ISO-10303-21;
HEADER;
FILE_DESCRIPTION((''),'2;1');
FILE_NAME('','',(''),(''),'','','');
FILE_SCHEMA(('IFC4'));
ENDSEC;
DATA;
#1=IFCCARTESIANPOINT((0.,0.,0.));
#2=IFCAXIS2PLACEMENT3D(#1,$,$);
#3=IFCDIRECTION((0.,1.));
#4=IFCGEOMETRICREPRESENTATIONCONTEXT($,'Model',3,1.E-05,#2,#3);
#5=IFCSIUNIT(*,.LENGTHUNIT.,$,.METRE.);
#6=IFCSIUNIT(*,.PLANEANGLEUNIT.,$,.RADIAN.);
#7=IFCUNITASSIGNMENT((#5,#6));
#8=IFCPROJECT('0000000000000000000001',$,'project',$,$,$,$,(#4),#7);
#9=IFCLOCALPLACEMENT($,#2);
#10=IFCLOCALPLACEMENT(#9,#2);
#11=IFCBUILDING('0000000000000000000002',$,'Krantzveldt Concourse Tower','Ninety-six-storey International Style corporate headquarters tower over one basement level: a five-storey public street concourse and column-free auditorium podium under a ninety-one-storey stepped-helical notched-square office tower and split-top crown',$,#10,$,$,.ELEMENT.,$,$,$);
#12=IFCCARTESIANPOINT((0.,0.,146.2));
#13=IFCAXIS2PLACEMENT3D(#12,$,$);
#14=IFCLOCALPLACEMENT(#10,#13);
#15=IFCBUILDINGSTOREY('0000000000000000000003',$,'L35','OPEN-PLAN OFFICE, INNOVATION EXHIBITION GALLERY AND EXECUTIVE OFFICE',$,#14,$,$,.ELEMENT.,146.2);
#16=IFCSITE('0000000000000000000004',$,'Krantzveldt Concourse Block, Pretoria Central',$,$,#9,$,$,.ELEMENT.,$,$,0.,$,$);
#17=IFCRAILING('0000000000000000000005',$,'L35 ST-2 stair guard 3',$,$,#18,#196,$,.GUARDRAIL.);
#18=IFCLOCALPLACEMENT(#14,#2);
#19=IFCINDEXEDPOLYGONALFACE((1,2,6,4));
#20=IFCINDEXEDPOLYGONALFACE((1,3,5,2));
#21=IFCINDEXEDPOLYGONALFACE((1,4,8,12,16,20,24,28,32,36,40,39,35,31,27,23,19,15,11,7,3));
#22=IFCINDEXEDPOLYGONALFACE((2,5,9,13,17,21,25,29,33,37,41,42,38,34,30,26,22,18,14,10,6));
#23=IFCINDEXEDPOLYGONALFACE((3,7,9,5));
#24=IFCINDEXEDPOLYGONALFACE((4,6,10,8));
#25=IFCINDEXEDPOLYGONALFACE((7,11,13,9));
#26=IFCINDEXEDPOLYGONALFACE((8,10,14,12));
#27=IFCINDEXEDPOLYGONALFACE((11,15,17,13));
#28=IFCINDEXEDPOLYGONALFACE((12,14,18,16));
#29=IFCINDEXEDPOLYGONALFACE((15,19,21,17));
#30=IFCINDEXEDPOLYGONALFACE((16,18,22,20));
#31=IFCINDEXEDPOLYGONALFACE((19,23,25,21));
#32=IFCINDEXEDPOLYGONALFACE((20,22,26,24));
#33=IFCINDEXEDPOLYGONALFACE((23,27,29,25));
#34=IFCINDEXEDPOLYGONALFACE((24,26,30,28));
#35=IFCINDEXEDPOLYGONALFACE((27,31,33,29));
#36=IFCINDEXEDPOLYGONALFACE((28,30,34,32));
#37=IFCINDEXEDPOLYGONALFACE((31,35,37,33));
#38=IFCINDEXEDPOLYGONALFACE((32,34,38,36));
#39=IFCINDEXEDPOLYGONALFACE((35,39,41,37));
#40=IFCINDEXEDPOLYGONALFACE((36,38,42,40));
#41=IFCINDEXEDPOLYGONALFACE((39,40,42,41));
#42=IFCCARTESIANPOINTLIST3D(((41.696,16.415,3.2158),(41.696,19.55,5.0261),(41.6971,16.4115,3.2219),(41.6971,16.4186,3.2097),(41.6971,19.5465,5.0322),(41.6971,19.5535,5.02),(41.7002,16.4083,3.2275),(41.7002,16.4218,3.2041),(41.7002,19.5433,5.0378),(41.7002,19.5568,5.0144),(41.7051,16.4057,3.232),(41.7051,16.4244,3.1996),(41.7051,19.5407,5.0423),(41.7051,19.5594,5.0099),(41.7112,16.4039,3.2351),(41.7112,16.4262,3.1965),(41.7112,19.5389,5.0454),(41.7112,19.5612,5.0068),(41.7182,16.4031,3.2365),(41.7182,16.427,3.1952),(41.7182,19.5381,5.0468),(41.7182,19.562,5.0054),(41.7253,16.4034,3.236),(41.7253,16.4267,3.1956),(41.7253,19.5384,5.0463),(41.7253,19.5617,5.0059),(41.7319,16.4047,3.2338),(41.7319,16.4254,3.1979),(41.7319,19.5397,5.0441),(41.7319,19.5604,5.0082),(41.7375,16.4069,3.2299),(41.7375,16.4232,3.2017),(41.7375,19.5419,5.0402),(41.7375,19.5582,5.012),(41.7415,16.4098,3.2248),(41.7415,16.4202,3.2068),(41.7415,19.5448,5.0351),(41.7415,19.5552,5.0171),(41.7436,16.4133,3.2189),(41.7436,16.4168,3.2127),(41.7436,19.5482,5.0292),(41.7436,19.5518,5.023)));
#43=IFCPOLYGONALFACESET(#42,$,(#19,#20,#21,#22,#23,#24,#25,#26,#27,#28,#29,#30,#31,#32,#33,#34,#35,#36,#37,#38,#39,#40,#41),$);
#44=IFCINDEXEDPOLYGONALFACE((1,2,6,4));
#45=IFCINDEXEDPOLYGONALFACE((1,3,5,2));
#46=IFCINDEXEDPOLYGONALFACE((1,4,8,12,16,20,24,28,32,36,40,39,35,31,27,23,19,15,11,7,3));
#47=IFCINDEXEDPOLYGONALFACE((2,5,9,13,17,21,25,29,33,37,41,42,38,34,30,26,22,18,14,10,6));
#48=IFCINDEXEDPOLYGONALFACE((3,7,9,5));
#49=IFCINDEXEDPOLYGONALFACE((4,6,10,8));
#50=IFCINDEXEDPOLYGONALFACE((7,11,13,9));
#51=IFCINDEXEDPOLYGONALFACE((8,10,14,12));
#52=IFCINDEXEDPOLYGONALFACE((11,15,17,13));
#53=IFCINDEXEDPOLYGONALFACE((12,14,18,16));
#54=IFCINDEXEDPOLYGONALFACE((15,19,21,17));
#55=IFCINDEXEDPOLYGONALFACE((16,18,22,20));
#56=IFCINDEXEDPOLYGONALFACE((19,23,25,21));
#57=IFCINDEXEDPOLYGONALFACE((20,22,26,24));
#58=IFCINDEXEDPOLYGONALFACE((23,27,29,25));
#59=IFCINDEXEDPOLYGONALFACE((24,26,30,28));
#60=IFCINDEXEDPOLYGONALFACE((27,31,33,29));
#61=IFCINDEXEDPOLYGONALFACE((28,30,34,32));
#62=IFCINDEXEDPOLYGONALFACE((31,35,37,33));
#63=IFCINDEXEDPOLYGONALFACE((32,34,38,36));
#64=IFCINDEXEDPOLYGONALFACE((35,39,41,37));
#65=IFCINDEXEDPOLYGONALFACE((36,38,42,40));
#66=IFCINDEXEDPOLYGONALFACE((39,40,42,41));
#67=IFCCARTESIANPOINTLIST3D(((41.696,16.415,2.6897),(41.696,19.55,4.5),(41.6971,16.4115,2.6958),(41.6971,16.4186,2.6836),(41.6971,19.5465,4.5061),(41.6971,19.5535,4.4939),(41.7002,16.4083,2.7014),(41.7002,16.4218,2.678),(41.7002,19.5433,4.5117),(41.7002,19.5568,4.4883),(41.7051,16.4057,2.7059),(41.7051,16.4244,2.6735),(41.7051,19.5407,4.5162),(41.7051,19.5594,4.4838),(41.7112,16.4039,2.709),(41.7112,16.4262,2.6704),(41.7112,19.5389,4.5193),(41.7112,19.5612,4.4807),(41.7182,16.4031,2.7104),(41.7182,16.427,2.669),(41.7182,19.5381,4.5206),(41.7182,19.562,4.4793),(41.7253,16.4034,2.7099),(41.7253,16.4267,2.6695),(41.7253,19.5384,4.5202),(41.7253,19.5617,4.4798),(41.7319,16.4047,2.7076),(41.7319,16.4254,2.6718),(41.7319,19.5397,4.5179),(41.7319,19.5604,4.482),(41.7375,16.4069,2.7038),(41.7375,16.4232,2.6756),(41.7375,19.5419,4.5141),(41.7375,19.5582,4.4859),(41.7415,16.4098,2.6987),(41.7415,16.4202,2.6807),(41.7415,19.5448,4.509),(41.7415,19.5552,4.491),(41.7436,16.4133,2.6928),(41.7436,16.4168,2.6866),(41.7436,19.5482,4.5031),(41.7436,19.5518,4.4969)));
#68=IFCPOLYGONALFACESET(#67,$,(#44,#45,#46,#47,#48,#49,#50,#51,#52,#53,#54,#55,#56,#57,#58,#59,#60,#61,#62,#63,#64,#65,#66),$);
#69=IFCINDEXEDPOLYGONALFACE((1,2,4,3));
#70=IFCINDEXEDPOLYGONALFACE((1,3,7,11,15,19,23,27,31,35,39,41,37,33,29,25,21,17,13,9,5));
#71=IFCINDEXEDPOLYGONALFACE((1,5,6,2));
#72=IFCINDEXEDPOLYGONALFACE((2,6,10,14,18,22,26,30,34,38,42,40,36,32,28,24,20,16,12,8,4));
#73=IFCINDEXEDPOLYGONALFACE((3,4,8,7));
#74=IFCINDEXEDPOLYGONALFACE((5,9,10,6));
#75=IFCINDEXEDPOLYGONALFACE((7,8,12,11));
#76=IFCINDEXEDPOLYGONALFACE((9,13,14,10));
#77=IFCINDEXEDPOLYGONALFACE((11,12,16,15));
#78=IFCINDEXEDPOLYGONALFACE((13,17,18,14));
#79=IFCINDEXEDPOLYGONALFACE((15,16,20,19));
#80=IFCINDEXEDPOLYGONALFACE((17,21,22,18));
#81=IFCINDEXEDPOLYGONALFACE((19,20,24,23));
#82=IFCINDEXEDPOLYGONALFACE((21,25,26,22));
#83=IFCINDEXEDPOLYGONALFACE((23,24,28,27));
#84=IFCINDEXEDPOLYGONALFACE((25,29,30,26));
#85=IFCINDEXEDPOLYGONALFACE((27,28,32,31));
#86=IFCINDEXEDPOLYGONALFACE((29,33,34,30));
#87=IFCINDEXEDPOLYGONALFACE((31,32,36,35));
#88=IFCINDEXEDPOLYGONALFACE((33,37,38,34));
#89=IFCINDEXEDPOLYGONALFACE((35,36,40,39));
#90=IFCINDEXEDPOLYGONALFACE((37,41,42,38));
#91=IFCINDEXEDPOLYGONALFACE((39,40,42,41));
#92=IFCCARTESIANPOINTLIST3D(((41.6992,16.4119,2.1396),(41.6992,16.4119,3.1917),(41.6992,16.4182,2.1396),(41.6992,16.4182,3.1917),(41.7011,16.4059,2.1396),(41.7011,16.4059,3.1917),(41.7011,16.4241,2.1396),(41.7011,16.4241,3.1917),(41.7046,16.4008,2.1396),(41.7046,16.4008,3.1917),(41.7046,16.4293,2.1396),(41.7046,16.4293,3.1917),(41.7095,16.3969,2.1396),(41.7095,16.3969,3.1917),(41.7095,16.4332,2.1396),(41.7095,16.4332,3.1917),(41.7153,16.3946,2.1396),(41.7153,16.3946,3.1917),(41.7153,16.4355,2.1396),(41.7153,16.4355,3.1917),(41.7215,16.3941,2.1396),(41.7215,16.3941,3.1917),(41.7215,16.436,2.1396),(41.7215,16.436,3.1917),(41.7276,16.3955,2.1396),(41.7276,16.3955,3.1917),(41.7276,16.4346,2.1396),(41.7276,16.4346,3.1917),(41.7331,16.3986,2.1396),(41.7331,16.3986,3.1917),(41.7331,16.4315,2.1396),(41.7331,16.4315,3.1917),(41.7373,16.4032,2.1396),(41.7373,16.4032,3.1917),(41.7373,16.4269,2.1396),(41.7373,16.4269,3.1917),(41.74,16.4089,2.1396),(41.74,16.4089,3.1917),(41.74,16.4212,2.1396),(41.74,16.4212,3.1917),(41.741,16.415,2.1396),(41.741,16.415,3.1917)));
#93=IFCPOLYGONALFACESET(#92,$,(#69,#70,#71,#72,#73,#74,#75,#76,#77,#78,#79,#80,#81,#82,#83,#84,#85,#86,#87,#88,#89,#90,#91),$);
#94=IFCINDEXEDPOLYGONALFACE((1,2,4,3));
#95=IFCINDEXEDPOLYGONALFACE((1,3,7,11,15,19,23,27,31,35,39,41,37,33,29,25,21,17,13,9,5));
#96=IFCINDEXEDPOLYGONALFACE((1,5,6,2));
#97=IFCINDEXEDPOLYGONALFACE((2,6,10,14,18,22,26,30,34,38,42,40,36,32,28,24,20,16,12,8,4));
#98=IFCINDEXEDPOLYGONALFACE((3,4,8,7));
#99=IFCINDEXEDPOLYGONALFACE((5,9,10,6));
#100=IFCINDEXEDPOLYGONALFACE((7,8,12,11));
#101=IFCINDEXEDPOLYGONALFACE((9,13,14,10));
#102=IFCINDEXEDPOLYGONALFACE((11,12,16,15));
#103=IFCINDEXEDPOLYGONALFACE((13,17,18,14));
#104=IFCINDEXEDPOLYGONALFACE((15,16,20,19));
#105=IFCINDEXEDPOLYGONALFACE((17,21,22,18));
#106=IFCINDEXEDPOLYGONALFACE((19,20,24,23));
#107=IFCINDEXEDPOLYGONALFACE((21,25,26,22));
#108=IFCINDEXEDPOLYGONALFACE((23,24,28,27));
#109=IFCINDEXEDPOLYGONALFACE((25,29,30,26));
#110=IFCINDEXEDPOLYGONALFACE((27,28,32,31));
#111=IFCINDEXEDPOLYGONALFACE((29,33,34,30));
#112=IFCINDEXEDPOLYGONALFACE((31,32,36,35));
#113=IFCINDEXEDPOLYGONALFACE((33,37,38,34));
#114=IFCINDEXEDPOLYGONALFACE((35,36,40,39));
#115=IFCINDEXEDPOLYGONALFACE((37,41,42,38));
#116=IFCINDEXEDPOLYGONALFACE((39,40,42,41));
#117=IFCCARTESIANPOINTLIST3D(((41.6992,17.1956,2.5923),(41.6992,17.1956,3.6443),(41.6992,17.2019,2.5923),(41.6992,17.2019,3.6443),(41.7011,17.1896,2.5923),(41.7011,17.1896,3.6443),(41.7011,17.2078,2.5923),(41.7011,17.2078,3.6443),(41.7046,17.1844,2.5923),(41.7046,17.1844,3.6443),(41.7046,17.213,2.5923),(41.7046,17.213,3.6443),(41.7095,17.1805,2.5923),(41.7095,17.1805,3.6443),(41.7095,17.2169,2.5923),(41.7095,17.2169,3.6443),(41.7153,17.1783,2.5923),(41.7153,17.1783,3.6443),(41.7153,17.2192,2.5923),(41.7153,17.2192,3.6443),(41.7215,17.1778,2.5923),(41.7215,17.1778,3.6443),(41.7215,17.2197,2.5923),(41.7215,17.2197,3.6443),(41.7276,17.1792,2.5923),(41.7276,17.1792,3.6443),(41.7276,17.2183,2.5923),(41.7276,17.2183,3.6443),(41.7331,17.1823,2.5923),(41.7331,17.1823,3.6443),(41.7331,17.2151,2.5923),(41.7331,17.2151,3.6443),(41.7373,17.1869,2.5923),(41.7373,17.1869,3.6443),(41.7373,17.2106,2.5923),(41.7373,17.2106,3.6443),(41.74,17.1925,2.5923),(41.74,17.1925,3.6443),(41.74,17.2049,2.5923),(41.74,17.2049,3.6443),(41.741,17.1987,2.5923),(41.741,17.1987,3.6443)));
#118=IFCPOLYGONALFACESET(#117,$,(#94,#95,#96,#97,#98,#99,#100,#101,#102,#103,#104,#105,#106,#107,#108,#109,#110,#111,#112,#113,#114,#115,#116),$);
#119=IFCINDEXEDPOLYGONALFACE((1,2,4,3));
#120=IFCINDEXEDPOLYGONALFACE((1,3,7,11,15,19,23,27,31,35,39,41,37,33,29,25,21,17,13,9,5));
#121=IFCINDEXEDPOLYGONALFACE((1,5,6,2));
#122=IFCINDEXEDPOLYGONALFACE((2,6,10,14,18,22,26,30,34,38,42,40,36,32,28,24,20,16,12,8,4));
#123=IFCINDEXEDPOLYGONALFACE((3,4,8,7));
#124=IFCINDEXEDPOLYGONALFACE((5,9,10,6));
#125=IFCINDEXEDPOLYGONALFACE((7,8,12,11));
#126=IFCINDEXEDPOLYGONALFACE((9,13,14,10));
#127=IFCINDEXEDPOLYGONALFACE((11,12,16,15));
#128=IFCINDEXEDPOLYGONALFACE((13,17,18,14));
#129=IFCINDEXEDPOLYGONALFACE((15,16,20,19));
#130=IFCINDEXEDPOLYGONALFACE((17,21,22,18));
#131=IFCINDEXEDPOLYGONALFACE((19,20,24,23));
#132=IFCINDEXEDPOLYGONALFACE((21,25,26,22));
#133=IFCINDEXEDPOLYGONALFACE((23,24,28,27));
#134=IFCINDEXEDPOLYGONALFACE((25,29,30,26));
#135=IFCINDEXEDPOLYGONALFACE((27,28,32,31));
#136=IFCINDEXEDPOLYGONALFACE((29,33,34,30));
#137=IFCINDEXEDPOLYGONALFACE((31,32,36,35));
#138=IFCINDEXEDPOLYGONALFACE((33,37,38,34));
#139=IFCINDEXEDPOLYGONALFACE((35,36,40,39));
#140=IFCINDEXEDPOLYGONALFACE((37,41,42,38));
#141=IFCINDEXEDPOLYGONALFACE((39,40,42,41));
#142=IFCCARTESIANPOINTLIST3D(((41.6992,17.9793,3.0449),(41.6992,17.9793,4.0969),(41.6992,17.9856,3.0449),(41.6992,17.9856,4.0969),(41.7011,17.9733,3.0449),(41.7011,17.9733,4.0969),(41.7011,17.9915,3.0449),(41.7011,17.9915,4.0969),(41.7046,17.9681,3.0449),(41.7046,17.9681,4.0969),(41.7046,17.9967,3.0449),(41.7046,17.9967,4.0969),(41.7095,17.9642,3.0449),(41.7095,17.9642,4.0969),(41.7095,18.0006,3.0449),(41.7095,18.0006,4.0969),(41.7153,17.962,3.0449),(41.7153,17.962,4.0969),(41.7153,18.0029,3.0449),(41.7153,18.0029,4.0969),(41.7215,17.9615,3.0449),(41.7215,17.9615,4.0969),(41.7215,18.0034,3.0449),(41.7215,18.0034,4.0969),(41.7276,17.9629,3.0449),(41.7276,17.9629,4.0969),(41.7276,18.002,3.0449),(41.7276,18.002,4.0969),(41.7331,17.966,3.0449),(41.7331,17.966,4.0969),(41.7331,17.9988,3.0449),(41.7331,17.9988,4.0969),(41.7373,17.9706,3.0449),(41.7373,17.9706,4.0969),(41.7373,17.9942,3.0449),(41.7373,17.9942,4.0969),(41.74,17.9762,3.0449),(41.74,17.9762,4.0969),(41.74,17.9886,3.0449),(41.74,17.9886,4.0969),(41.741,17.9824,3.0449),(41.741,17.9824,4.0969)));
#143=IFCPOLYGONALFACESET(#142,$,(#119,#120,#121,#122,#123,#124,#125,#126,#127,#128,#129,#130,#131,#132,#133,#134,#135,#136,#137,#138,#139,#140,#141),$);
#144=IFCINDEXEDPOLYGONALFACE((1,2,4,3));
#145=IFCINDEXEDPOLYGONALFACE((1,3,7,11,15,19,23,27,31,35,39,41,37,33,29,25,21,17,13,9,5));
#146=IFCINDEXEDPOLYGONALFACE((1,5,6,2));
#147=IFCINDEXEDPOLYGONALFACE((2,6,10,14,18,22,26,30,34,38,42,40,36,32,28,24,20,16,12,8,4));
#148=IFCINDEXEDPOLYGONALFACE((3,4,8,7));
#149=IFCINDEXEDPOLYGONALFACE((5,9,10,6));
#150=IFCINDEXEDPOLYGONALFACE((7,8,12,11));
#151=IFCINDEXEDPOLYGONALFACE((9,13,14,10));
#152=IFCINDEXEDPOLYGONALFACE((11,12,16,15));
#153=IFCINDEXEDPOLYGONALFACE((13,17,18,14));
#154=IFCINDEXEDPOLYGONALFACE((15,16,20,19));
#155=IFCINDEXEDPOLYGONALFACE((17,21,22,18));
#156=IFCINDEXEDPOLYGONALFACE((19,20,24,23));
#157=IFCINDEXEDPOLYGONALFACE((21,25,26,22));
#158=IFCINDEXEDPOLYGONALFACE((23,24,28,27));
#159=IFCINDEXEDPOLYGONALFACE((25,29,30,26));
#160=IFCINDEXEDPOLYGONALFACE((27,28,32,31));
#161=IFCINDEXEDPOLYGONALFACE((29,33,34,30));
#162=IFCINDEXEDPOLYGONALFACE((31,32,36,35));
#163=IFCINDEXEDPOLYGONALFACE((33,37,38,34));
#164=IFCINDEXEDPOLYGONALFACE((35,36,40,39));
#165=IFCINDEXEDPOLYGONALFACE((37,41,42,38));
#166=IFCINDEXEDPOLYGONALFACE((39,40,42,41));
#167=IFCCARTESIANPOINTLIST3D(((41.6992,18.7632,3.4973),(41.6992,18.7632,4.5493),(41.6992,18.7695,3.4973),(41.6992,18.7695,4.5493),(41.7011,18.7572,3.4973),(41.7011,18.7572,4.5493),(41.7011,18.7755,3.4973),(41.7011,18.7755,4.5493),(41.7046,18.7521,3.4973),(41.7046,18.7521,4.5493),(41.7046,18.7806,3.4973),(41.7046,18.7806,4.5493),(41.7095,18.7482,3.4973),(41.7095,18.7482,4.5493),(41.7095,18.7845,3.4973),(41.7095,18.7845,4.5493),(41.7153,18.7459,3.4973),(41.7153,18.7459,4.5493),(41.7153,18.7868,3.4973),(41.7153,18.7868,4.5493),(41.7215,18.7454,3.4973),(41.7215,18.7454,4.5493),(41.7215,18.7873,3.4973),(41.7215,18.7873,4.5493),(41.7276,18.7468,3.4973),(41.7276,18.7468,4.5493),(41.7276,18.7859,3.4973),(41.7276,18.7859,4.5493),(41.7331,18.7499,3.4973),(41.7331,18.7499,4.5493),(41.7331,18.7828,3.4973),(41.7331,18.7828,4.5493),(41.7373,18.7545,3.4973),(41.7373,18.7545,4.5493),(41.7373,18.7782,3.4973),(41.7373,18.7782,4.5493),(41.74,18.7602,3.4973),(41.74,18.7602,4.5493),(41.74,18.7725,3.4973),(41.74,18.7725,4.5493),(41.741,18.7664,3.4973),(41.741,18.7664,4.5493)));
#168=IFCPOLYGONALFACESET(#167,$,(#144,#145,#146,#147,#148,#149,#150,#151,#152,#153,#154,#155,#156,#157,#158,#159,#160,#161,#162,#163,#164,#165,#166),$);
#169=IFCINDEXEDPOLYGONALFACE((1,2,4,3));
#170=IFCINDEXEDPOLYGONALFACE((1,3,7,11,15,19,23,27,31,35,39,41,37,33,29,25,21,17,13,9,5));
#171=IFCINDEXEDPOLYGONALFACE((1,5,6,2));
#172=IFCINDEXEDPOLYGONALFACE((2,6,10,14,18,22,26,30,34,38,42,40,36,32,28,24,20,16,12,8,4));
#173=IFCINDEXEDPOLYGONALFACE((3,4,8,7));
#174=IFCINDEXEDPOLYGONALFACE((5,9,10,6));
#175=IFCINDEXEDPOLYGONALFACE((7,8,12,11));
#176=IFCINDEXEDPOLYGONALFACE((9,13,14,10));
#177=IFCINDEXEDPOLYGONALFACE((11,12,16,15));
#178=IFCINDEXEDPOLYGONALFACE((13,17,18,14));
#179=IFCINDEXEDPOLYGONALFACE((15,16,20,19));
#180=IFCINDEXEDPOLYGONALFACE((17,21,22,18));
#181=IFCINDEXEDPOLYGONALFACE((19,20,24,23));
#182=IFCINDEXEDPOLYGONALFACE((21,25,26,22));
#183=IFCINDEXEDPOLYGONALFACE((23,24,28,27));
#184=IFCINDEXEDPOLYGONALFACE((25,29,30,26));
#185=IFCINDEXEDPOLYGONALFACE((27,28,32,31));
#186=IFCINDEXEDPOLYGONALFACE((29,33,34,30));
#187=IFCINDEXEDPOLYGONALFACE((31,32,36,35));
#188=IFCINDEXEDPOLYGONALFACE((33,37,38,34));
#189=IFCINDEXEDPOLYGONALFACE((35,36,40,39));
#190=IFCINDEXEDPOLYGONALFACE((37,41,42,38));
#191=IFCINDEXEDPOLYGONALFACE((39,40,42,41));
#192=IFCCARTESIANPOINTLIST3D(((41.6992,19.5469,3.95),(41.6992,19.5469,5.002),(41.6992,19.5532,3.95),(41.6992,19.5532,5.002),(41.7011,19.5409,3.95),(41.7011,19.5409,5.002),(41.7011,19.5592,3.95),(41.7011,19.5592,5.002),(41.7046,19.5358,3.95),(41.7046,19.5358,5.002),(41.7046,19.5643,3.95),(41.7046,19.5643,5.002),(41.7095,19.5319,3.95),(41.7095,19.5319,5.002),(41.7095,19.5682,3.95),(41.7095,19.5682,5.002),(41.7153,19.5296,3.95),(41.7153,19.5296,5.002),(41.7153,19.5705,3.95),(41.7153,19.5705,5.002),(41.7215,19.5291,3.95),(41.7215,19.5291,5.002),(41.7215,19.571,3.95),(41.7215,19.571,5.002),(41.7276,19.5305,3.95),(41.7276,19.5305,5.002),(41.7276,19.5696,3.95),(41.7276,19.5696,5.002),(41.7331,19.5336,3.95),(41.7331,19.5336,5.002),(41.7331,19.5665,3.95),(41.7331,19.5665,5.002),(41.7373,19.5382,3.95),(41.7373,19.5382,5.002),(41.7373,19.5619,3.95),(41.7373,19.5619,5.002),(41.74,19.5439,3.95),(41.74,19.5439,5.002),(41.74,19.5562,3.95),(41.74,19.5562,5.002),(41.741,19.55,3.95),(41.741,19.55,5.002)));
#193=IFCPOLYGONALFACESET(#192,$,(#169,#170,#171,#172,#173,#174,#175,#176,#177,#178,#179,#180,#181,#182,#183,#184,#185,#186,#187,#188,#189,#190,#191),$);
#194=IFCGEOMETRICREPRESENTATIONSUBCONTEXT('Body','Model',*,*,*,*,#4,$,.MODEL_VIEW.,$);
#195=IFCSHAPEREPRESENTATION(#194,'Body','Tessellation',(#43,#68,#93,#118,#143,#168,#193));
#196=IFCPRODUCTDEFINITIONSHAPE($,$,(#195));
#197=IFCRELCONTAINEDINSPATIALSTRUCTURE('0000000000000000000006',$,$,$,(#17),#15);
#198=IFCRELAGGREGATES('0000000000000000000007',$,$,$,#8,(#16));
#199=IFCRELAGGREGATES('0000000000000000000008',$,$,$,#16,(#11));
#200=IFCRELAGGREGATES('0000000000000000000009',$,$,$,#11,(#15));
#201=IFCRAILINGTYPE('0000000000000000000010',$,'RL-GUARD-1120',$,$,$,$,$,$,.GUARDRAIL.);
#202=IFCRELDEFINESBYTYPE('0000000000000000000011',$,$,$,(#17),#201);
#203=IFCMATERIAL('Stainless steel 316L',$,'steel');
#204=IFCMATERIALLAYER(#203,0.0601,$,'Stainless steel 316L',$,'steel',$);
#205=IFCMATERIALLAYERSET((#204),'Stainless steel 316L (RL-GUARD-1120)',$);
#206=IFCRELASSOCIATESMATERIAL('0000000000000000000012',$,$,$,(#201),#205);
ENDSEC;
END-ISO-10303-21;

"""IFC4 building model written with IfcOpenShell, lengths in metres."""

from ifc_helpers import new_model, si_unit, direction, frame, origin, origin_2d, place, context, subcontext, project, spatial, circle, extrude, material, layer, layer_set, type_object, element, save


model = new_model("IFC4")

# Units and contexts
model_context = context("Model", 3, precision=1e-05, world=origin(), true_north=direction((0.0, 1.0)))
body_context = subcontext(model_context, "Body", "Model", "MODEL_VIEW")
ifc_project = project(units=[si_unit("LENGTHUNIT", "METRE"), si_unit("PLANEANGLEUNIT", "RADIAN")], contexts=[model_context])

# Site, building, storey
site_placement = place(None, origin())
site = spatial("IfcSite", under=ifc_project, at=site_placement, Name="Krantzveldt Concourse Block, Pretoria Central", CompositionType="ELEMENT", RefElevation=0.0)
building_placement = place(site_placement, origin())
building = spatial("IfcBuilding", under=site, at=building_placement, Name="Krantzveldt Concourse Tower", Description="Ninety-six-storey International Style corporate headquarters tower over one basement level: a five-storey public street concourse and column-free auditorium podium under a ninety-one-storey stepped-helical notched-square office tower and split-top crown", CompositionType="ELEMENT")
storey_placement = place(building_placement, frame((0.0, 0.0, 146.2)))
storey = spatial("IfcBuildingStorey", under=building, at=storey_placement, Name="L35", Description="OPEN-PLAN OFFICE, INNOVATION EXHIBITION GALLERY AND EXECUTIVE OFFICE", CompositionType="ELEMENT", Elevation=146.2)

# Shared definitions
ifc_material_1 = material(Name="Stainless steel 316L", Category="steel")

# Railing
ifc_layer_1 = layer(ifc_material_1, 0.0601, Name="Stainless steel 316L", Category="steel")
ifc_layer_set_1 = layer_set([ifc_layer_1], Name="Stainless steel 316L (RL-GUARD-1120)")
railing_type_1 = type_object("IfcRailingType", Name="RL-GUARD-1120", PredefinedType="GUARDRAIL", material=ifc_layer_set_1)
railing_1_placement = place(storey_placement, frame((41.72, 16.415, 2.1396)))
element("IfcRailing", 1, at=railing_1_placement, inside=storey, type_object=railing_type_1, Name="L35 ST-2 stair guard 3", PredefinedType="GUARDRAIL", context=body_context, shape_type="SweptSolid", body=[
    extrude(circle(Radius=0.0239, at=origin_2d()), frame((0.0, 0.0, 1.0762), z_axis=(0.0, 0.865989, 0.500063), x_axis=(-1.0, 0.0, 0.0)), (0.0, 0.0, 1.0), 3.6201),
    extrude(circle(Radius=0.0239, at=origin_2d()), frame((0.0, 0.0, 0.55), z_axis=(0.0, 0.865989, 0.500063), x_axis=(-1.0, 0.0, 0.0)), (0.0, 0.0, 1.0), 3.6201),
    extrude(circle(Radius=0.021, at=origin_2d()), origin(), (0.0, 0.0, 1.0), 1.052),
    extrude(circle(Radius=0.021, at=origin_2d()), frame((0.0, 0.7837, 0.4526)), (0.0, 0.0, 1.0), 1.052),
    extrude(circle(Radius=0.021, at=origin_2d()), frame((0.0, 1.5674, 0.9053)), (0.0, 0.0, 1.0), 1.052),
    extrude(circle(Radius=0.021, at=origin_2d()), frame((0.0, 2.3513, 1.3577)), (0.0, 0.0, 1.0), 1.052),
    extrude(circle(Radius=0.021, at=origin_2d()), frame((0.0, 3.135, 1.8103)), (0.0, 0.0, 1.0), 1.052),
])

save(model, "model.ifc")
